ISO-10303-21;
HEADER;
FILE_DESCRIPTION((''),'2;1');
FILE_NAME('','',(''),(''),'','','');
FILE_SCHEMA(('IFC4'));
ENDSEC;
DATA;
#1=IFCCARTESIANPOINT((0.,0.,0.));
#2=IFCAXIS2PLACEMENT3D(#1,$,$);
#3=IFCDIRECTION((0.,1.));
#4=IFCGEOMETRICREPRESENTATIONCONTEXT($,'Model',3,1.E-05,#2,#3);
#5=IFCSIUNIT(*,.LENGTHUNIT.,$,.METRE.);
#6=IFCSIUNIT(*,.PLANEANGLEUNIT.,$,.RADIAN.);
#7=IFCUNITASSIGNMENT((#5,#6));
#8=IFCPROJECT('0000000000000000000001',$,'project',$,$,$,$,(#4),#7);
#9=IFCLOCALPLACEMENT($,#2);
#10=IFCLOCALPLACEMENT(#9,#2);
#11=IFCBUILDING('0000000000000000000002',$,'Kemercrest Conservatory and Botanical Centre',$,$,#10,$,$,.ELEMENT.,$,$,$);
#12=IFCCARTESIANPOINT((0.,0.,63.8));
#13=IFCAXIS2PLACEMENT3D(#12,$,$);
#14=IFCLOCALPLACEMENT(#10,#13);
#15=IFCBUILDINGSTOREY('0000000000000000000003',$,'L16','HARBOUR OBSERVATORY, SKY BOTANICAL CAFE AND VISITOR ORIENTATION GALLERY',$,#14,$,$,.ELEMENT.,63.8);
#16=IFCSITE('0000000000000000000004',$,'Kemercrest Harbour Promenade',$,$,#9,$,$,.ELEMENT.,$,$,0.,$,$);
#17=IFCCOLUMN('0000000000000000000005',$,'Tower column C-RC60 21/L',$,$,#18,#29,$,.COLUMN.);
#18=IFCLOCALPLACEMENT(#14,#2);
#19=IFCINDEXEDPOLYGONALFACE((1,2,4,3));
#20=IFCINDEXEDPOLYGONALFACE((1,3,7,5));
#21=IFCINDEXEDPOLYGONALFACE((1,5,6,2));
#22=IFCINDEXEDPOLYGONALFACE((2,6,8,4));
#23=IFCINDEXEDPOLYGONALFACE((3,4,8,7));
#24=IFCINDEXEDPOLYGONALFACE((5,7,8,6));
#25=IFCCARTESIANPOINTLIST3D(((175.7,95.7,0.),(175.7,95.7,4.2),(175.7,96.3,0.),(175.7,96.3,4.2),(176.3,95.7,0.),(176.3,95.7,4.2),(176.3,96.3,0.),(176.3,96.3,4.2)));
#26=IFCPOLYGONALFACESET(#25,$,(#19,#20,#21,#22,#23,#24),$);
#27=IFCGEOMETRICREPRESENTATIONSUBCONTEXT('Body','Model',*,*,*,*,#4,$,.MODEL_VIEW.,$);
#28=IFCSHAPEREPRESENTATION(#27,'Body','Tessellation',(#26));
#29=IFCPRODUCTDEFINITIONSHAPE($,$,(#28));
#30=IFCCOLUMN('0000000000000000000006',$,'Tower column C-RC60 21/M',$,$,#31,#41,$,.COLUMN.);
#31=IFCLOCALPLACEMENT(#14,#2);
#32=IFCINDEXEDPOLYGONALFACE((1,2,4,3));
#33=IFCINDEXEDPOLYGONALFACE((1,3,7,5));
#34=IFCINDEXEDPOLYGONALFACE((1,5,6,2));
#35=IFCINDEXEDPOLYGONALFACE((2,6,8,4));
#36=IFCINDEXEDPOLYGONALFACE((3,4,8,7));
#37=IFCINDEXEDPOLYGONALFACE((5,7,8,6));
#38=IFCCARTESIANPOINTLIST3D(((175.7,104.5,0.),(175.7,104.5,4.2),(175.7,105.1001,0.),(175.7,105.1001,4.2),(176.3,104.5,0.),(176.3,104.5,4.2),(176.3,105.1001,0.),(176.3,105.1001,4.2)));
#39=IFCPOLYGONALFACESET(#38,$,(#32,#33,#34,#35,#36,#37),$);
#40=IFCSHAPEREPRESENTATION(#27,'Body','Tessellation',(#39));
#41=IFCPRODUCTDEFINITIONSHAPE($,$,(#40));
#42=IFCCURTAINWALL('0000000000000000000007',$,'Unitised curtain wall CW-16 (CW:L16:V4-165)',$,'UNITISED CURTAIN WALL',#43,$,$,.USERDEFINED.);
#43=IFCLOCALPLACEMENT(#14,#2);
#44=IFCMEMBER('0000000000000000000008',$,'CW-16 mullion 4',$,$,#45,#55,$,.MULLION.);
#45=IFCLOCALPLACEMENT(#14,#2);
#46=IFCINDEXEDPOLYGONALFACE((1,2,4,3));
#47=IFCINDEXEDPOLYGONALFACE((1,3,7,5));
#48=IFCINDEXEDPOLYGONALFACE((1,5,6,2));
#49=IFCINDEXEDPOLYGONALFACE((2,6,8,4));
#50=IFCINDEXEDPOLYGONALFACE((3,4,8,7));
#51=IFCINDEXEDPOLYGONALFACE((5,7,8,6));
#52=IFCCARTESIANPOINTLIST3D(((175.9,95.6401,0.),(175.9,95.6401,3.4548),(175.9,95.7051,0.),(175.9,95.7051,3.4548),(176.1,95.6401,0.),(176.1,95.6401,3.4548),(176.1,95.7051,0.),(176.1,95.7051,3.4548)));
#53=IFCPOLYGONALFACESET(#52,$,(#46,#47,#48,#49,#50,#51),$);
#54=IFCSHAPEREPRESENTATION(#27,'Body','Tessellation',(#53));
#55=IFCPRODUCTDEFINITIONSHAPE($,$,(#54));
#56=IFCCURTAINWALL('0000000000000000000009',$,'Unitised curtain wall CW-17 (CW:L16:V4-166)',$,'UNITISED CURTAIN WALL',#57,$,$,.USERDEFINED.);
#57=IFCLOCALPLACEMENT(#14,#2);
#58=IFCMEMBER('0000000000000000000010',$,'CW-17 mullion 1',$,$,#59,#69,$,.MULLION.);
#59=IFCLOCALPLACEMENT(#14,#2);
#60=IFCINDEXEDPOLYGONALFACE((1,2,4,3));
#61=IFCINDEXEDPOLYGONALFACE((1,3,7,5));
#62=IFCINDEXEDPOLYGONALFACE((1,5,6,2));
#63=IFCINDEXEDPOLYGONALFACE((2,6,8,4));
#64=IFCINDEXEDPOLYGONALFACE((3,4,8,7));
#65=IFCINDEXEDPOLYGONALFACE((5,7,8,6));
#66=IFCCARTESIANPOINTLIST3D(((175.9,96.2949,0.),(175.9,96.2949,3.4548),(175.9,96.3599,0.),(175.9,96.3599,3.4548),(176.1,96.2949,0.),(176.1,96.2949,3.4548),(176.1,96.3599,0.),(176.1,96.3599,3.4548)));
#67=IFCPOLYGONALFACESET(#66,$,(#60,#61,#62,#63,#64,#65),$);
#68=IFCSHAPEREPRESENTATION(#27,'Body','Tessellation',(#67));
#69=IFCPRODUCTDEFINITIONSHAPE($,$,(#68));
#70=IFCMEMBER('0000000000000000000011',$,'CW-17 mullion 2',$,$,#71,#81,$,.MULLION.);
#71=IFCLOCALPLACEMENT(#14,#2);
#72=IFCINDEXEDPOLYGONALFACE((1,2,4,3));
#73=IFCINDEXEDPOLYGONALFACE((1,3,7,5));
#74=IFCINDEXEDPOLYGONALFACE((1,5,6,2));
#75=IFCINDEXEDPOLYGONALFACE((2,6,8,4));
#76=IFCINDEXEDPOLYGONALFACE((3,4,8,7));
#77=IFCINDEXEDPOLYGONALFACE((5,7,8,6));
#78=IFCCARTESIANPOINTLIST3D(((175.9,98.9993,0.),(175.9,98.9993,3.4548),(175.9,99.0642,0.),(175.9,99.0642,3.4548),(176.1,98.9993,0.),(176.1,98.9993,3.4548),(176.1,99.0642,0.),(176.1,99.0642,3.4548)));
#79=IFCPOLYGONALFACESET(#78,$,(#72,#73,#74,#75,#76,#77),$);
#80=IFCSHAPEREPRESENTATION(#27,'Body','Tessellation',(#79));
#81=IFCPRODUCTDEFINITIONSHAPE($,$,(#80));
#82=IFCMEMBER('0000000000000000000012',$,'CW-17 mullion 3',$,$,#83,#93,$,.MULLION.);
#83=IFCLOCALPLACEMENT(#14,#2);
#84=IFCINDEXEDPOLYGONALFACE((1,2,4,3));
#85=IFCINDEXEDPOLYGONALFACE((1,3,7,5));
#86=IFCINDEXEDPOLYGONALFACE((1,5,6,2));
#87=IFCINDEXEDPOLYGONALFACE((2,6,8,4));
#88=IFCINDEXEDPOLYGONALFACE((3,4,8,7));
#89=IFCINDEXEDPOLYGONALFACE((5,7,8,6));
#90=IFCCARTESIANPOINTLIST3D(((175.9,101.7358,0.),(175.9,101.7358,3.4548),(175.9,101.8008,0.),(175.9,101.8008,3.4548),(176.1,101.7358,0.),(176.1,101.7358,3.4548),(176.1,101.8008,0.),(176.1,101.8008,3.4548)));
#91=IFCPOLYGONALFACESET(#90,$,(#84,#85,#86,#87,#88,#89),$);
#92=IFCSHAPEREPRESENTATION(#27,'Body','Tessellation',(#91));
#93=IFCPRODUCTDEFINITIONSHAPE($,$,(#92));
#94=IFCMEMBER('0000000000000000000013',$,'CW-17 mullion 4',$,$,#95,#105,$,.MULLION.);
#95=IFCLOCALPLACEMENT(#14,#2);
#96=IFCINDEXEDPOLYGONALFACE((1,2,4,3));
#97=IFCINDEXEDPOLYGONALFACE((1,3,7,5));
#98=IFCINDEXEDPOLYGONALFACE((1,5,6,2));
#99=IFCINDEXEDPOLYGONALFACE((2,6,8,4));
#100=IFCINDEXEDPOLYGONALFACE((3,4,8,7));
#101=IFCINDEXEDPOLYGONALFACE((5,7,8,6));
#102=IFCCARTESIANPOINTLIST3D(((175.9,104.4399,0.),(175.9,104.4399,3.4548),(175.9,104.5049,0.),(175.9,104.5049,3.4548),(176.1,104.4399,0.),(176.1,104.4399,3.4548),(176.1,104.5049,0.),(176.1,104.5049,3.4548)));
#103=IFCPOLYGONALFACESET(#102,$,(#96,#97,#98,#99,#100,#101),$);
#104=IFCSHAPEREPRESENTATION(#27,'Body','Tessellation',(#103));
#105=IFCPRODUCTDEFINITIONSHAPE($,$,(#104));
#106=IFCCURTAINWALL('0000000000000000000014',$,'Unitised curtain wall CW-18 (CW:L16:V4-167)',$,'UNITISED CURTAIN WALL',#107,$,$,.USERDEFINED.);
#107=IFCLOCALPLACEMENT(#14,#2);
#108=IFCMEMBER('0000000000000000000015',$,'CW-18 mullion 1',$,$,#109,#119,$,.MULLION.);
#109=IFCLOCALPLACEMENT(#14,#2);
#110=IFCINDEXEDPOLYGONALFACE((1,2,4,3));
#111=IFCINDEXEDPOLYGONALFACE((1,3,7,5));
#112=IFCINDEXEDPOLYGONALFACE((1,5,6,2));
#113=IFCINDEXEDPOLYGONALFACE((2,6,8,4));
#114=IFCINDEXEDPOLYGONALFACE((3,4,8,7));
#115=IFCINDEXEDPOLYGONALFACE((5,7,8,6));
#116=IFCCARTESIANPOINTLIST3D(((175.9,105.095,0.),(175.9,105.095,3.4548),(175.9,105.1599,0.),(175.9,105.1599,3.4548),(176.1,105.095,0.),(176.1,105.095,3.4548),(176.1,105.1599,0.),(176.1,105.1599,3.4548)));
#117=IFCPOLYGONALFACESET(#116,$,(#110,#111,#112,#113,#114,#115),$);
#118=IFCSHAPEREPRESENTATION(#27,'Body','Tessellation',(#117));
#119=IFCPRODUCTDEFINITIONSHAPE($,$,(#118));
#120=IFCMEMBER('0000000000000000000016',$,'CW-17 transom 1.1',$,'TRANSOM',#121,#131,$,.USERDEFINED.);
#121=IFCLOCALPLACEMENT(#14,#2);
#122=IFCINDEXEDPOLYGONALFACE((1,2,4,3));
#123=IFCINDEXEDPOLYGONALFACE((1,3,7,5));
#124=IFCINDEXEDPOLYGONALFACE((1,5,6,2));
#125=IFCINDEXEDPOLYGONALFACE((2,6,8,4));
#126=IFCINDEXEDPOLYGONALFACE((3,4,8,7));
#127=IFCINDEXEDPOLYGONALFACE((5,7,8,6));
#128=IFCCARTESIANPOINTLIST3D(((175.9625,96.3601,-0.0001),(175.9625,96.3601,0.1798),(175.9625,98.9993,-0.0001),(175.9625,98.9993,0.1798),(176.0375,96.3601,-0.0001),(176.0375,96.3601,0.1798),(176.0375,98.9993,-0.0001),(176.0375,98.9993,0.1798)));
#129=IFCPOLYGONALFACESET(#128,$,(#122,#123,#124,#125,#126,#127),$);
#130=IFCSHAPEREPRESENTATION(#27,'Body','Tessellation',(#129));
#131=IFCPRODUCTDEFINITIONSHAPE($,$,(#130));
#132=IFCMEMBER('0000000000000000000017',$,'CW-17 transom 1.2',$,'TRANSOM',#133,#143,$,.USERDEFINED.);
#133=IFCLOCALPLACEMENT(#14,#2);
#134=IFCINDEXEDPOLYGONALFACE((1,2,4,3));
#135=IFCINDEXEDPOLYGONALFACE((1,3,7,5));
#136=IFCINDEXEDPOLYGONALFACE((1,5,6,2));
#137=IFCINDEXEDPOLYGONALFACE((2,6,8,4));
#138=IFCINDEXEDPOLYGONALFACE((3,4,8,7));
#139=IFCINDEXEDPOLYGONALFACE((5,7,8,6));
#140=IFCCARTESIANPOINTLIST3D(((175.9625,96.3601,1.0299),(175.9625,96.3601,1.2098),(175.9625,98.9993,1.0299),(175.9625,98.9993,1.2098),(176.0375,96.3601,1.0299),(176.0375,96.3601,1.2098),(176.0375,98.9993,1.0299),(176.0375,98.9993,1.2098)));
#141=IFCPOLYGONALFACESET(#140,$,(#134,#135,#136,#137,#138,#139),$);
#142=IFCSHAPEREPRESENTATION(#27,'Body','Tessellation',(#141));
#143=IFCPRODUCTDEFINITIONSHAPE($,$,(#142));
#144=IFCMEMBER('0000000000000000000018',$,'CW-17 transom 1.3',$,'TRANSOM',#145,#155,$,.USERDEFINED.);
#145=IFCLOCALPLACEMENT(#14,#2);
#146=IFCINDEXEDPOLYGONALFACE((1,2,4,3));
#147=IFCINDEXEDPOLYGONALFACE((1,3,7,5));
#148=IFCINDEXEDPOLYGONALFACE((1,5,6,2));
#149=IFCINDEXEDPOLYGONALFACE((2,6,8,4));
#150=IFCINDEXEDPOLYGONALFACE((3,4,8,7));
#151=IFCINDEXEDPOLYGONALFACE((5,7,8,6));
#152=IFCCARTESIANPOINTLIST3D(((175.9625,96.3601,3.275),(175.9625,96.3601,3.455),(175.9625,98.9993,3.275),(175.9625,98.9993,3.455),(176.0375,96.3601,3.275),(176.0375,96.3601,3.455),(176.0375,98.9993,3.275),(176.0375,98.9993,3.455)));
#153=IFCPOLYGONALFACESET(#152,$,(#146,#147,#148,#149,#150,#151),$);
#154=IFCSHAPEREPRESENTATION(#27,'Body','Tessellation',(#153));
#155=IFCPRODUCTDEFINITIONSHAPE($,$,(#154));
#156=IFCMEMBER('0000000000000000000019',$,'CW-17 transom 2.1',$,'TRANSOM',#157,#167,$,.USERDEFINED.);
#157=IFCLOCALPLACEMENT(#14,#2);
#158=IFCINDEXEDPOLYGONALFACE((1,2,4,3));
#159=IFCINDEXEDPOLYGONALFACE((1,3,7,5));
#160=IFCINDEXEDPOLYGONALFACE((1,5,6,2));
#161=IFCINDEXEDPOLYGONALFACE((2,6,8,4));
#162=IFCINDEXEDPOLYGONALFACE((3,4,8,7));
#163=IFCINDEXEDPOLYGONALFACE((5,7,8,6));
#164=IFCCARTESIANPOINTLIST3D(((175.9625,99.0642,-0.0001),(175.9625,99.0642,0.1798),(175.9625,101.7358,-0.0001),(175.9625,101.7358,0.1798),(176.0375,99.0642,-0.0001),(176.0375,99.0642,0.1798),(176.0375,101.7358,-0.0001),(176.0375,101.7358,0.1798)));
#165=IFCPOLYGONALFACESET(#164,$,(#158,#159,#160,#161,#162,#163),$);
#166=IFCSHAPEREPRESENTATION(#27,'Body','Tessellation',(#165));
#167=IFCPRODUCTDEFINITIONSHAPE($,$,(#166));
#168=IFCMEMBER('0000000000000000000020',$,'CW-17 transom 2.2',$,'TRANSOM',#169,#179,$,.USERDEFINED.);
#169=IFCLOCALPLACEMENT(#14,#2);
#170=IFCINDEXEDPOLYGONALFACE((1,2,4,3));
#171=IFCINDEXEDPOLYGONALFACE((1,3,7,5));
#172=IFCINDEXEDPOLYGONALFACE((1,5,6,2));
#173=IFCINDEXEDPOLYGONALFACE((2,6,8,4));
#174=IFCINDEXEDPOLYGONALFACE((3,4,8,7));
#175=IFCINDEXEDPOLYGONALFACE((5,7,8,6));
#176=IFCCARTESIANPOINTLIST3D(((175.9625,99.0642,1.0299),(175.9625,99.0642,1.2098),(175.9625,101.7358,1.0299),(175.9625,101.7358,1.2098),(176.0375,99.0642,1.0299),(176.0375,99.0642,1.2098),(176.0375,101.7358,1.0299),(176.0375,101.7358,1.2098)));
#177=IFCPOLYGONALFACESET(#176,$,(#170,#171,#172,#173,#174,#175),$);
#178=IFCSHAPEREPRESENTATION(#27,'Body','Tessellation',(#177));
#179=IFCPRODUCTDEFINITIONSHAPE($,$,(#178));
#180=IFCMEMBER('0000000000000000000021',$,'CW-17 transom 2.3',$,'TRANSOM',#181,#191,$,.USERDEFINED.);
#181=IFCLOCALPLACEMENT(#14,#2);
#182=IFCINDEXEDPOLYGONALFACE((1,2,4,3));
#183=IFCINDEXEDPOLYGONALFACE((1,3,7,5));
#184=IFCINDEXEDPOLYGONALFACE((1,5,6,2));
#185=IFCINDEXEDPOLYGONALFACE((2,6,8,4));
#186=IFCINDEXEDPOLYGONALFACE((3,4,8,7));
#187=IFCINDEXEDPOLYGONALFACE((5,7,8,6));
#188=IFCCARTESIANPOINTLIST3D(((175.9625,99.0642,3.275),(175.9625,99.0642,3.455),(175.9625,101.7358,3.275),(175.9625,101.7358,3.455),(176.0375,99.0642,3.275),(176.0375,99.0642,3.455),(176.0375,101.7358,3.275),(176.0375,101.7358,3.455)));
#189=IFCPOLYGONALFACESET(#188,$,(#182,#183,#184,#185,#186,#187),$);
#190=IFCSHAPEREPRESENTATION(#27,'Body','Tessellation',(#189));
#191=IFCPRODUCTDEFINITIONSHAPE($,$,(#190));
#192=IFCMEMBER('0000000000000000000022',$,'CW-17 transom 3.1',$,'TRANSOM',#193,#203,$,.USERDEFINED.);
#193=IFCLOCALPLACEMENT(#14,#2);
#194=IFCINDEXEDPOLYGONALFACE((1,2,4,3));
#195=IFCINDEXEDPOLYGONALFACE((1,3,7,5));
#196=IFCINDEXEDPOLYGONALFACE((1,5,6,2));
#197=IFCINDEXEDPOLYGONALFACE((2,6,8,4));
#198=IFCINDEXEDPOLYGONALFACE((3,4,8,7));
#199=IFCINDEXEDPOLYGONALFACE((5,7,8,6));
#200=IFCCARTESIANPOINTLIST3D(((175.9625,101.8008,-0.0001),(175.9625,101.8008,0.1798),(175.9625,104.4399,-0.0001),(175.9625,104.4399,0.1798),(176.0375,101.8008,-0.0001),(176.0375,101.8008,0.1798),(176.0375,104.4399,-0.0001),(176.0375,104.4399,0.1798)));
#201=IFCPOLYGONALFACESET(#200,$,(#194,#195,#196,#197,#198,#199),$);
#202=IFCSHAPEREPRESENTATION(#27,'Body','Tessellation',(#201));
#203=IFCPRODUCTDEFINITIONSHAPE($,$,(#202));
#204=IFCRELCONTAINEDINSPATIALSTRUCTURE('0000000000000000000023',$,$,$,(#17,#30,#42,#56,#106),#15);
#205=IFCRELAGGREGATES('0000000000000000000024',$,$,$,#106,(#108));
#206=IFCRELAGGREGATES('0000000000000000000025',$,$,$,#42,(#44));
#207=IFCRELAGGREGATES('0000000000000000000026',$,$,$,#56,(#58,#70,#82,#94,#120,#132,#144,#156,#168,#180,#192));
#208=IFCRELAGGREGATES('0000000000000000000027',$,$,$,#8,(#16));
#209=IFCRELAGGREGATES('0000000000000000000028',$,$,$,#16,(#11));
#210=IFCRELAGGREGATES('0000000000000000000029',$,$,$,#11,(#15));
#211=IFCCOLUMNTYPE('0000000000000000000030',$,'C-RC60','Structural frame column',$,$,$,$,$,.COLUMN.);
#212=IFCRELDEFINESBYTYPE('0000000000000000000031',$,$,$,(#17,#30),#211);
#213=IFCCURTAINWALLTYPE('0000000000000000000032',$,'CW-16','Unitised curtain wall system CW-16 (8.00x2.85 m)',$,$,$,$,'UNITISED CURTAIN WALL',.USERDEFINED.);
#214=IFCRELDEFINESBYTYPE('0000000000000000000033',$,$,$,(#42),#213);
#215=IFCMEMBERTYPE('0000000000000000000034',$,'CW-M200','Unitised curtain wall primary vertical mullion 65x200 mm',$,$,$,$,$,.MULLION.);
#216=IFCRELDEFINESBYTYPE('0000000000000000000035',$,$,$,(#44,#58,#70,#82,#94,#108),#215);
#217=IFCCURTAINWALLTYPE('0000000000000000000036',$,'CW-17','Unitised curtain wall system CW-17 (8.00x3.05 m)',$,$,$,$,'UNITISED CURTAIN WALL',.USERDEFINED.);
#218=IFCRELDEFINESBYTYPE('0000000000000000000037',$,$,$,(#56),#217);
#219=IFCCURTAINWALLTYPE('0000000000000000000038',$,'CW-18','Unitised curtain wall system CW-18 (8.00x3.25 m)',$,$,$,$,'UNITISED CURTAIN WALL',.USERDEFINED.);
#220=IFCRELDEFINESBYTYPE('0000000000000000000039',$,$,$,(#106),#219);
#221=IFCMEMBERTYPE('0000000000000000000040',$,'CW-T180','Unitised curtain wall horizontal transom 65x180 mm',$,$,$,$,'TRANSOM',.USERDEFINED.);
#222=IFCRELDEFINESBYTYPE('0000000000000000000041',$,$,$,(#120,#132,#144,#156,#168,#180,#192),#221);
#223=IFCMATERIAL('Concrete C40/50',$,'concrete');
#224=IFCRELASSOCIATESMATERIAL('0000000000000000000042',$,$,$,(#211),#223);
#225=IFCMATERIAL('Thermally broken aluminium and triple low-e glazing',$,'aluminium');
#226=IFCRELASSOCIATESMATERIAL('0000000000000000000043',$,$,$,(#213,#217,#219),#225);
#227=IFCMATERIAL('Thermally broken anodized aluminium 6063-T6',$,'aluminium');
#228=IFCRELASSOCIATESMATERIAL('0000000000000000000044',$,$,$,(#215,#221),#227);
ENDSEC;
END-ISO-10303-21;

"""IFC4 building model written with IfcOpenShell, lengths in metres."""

from ifc_helpers import new_model, si_unit, direction, frame, origin, origin_2d, place, context, subcontext, project, spatial, rectangle, extrude, material, material_profile, profile_set, type_object, element, aggregate, save


model = new_model("IFC4")

# Units and contexts
model_context = context("Model", 3, precision=1e-05, world=origin(), true_north=direction((0.0, 1.0)))
body_context = subcontext(model_context, "Body", "Model", "MODEL_VIEW")
ifc_project = project(units=[si_unit("LENGTHUNIT", "METRE"), si_unit("PLANEANGLEUNIT", "RADIAN")], contexts=[model_context])

# Site, building, storey
site_placement = place(None, origin())
site = spatial("IfcSite", under=ifc_project, at=site_placement, Name="Kemercrest Harbour Promenade", CompositionType="ELEMENT", RefElevation=0.0)
building_placement = place(site_placement, origin())
building = spatial("IfcBuilding", under=site, at=building_placement, Name="Kemercrest Conservatory and Botanical Centre", CompositionType="ELEMENT")
storey_placement = place(building_placement, frame((0.0, 0.0, 63.8)))
storey = spatial("IfcBuildingStorey", under=building, at=storey_placement, Name="L16", Description="HARBOUR OBSERVATORY, SKY BOTANICAL CAFE AND VISITOR ORIENTATION GALLERY", CompositionType="ELEMENT", Elevation=63.8)

# Columns
ifc_material_1 = material(Name="Concrete C40/50", Category="concrete")
ifc_material_profile_1 = material_profile(ifc_material_1, rectangle(XDim=0.6001, YDim=0.6001, at=origin_2d()), Name="RC 600x600")
ifc_profile_set_1 = profile_set([ifc_material_profile_1], Name="Concrete C40/50")
column_type = type_object("IfcColumnType", Name="C-RC60", Description="Structural frame column", PredefinedType="COLUMN", material=ifc_profile_set_1)
for number, where, z_axis, x_axis, name in (
    (1, (176.0, 96.0, 0.0), (0.0, 0.0, 1.0), (1.0, 0.0, 0.0), "Tower column C-RC60 21/L"),
    (2, (176.0, 104.8, 0.0), (0.0, 0.0, 1.0), (1.0, 0.0, 0.0), "Tower column C-RC60 21/M"),
):
    element("IfcColumn", number, at=place(storey_placement, frame(where, z_axis=z_axis, x_axis=x_axis)), inside=storey, type_object=column_type, Name=name, PredefinedType="COLUMN", context=body_context, shape_type="SweptSolid", body=[
        extrude(rectangle(XDim=0.6001, YDim=0.6001, at=origin_2d()), origin(), (0.0, 0.0, 1.0), 4.2),
    ])

# Curtain wall, member
ifc_material_2 = material(Name="Thermally broken aluminium and triple low-e glazing", Category="aluminium")
curtain_wall_type_1 = type_object("IfcCurtainWallType", Name="CW-16", Description="Unitised curtain wall system CW-16 (8.00x2.85 m)", ElementType="UNITISED CURTAIN WALL", PredefinedType="USERDEFINED", material=ifc_material_2)
curtain_wall_1_placement = place(storey_placement, origin())
curtain_wall_1 = element("IfcCurtainWall", 3, at=curtain_wall_1_placement, inside=storey, type_object=curtain_wall_type_1, Name="Unitised curtain wall CW-16 (CW:L16:V4-165)", ObjectType="UNITISED CURTAIN WALL", PredefinedType="USERDEFINED")
ifc_material_3 = material(Name="Thermally broken anodized aluminium 6063-T6", Category="aluminium")
ifc_material_profile_2 = material_profile(ifc_material_3, rectangle(XDim=0.2, YDim=0.0649, at=origin_2d()), Name="AL MULLION 65x200")
ifc_profile_set_2 = profile_set([ifc_material_profile_2], Name="Thermally broken anodized aluminium 6063-T6")
member_type_1 = type_object("IfcMemberType", Name="CW-M200", Description="Unitised curtain wall primary vertical mullion 65x200 mm", PredefinedType="MULLION", material=ifc_profile_set_2)
member_1_placement = place(storey_placement, frame((176.0, 95.6726, 0.0), z_axis=(0.0, 0.0, 1.0), x_axis=(-1.0, 0.0, 0.0)))
member_1 = element("IfcMember", 4, at=member_1_placement, type_object=member_type_1, Name="CW-16 mullion 4", PredefinedType="MULLION", context=body_context, shape_type="SweptSolid", body=[
    extrude(rectangle(XDim=0.2, YDim=0.0649, at=origin_2d()), origin(), (0.0, 0.0, 1.0), 3.4548),
])

# Curtain wall, members
curtain_wall_type_2 = type_object("IfcCurtainWallType", Name="CW-17", Description="Unitised curtain wall system CW-17 (8.00x3.05 m)", ElementType="UNITISED CURTAIN WALL", PredefinedType="USERDEFINED", material=ifc_material_2)
curtain_wall_2_placement = place(storey_placement, origin())
curtain_wall_2 = element("IfcCurtainWall", 5, at=curtain_wall_2_placement, inside=storey, type_object=curtain_wall_type_2, Name="Unitised curtain wall CW-17 (CW:L16:V4-166)", ObjectType="UNITISED CURTAIN WALL", PredefinedType="USERDEFINED")
member_2_placement = place(storey_placement, frame((176.0, 96.3274, 0.0), z_axis=(0.0, 0.0, 1.0), x_axis=(-1.0, 0.0, 0.0)))
member_2 = element("IfcMember", 6, at=member_2_placement, type_object=member_type_1, Name="CW-17 mullion 1", PredefinedType="MULLION", context=body_context, shape_type="SweptSolid", body=[
    extrude(rectangle(XDim=0.2, YDim=0.0649, at=origin_2d()), origin(), (0.0, 0.0, 1.0), 3.4548),
])
member_3_placement = place(storey_placement, frame((176.0, 99.0317, 0.0), z_axis=(0.0, 0.0, 1.0), x_axis=(-1.0, 0.0, 0.0)))
member_3 = element("IfcMember", 7, at=member_3_placement, type_object=member_type_1, Name="CW-17 mullion 2", PredefinedType="MULLION", context=body_context, shape_type="SweptSolid", body=[
    extrude(rectangle(XDim=0.2, YDim=0.0649, at=origin_2d()), origin(), (0.0, 0.0, 1.0), 3.4548),
])
member_4_placement = place(storey_placement, frame((176.0, 101.7683, 0.0), z_axis=(0.0, 0.0, 1.0), x_axis=(-1.0, 0.0, 0.0)))
member_4 = element("IfcMember", 8, at=member_4_placement, type_object=member_type_1, Name="CW-17 mullion 3", PredefinedType="MULLION", context=body_context, shape_type="SweptSolid", body=[
    extrude(rectangle(XDim=0.2, YDim=0.0649, at=origin_2d()), origin(), (0.0, 0.0, 1.0), 3.4548),
])
member_5_placement = place(storey_placement, frame((176.0, 104.4724, 0.0), z_axis=(0.0, 0.0, 1.0), x_axis=(-1.0, 0.0, 0.0)))
member_5 = element("IfcMember", 9, at=member_5_placement, type_object=member_type_1, Name="CW-17 mullion 4", PredefinedType="MULLION", context=body_context, shape_type="SweptSolid", body=[
    extrude(rectangle(XDim=0.2, YDim=0.0649, at=origin_2d()), origin(), (0.0, 0.0, 1.0), 3.4548),
])

# Curtain wall, member
curtain_wall_type_3 = type_object("IfcCurtainWallType", Name="CW-18", Description="Unitised curtain wall system CW-18 (8.00x3.25 m)", ElementType="UNITISED CURTAIN WALL", PredefinedType="USERDEFINED", material=ifc_material_2)
curtain_wall_3_placement = place(storey_placement, origin())
curtain_wall_3 = element("IfcCurtainWall", 10, at=curtain_wall_3_placement, inside=storey, type_object=curtain_wall_type_3, Name="Unitised curtain wall CW-18 (CW:L16:V4-167)", ObjectType="UNITISED CURTAIN WALL", PredefinedType="USERDEFINED")
member_6_placement = place(storey_placement, frame((176.0, 105.1274, 0.0), z_axis=(0.0, 0.0, 1.0), x_axis=(-1.0, 0.0, 0.0)))
member_6 = element("IfcMember", 11, at=member_6_placement, type_object=member_type_1, Name="CW-18 mullion 1", PredefinedType="MULLION", context=body_context, shape_type="SweptSolid", body=[
    extrude(rectangle(XDim=0.2, YDim=0.0649, at=origin_2d()), origin(), (0.0, 0.0, 1.0), 3.4548),
])

# Members
ifc_material_profile_3 = material_profile(ifc_material_3, rectangle(XDim=0.075, YDim=0.1799, at=origin_2d()), Name="AL TRANSOM 75x180")
ifc_profile_set_3 = profile_set([ifc_material_profile_3], Name="Thermally broken anodized aluminium 6063-T6")
member_type_2 = type_object("IfcMemberType", Name="CW-T180", Description="Unitised curtain wall horizontal transom 65x180 mm", ElementType="TRANSOM", PredefinedType="USERDEFINED", material=ifc_profile_set_3)
member_7_placement = place(storey_placement, frame((176.0, 96.3601, 0.0898), z_axis=(0.0, 1.0, 0.0), x_axis=(-1.0, 0.0, 0.0)))
member_7 = element("IfcMember", 12, at=member_7_placement, type_object=member_type_2, Name="CW-17 transom 1.1", ObjectType="TRANSOM", PredefinedType="USERDEFINED", context=body_context, shape_type="SweptSolid", body=[
    extrude(rectangle(XDim=0.075, YDim=0.1799, at=origin_2d()), origin(), (0.0, 0.0, 1.0), 2.6392),
])
member_8_placement = place(storey_placement, frame((176.0, 96.3601, 1.1199), z_axis=(0.0, 1.0, 0.0), x_axis=(-1.0, 0.0, 0.0)))
member_8 = element("IfcMember", 13, at=member_8_placement, type_object=member_type_2, Name="CW-17 transom 1.2", ObjectType="TRANSOM", PredefinedType="USERDEFINED", context=body_context, shape_type="SweptSolid", body=[
    extrude(rectangle(XDim=0.075, YDim=0.1799, at=origin_2d()), origin(), (0.0, 0.0, 1.0), 2.6392),
])
member_9_placement = place(storey_placement, frame((176.0, 96.3601, 3.365), z_axis=(0.0, 1.0, 0.0), x_axis=(-1.0, 0.0, 0.0)))
member_9 = element("IfcMember", 14, at=member_9_placement, type_object=member_type_2, Name="CW-17 transom 1.3", ObjectType="TRANSOM", PredefinedType="USERDEFINED", context=body_context, shape_type="SweptSolid", body=[
    extrude(rectangle(XDim=0.075, YDim=0.1799, at=origin_2d()), origin(), (0.0, 0.0, 1.0), 2.6392),
])
member_10_placement = place(storey_placement, frame((176.0, 99.0642, 0.0898), z_axis=(0.0, 1.0, 0.0), x_axis=(-1.0, 0.0, 0.0)))
member_10 = element("IfcMember", 15, at=member_10_placement, type_object=member_type_2, Name="CW-17 transom 2.1", ObjectType="TRANSOM", PredefinedType="USERDEFINED", context=body_context, shape_type="SweptSolid", body=[
    extrude(rectangle(XDim=0.075, YDim=0.1799, at=origin_2d()), origin(), (0.0, 0.0, 1.0), 2.6716),
])
member_11_placement = place(storey_placement, frame((176.0, 99.0642, 1.1199), z_axis=(0.0, 1.0, 0.0), x_axis=(-1.0, 0.0, 0.0)))
member_11 = element("IfcMember", 16, at=member_11_placement, type_object=member_type_2, Name="CW-17 transom 2.2", ObjectType="TRANSOM", PredefinedType="USERDEFINED", context=body_context, shape_type="SweptSolid", body=[
    extrude(rectangle(XDim=0.075, YDim=0.1799, at=origin_2d()), origin(), (0.0, 0.0, 1.0), 2.6716),
])
member_12_placement = place(storey_placement, frame((176.0, 99.0642, 3.365), z_axis=(0.0, 1.0, 0.0), x_axis=(-1.0, 0.0, 0.0)))
member_12 = element("IfcMember", 17, at=member_12_placement, type_object=member_type_2, Name="CW-17 transom 2.3", ObjectType="TRANSOM", PredefinedType="USERDEFINED", context=body_context, shape_type="SweptSolid", body=[
    extrude(rectangle(XDim=0.075, YDim=0.1799, at=origin_2d()), origin(), (0.0, 0.0, 1.0), 2.6716),
])
member_13_placement = place(storey_placement, frame((176.0, 101.8008, 0.0898), z_axis=(0.0, 1.0, 0.0), x_axis=(-1.0, 0.0, 0.0)))
member_13 = element("IfcMember", 18, at=member_13_placement, type_object=member_type_2, Name="CW-17 transom 3.1", ObjectType="TRANSOM", PredefinedType="USERDEFINED", context=body_context, shape_type="SweptSolid", body=[
    extrude(rectangle(XDim=0.075, YDim=0.1799, at=origin_2d()), origin(), (0.0, 0.0, 1.0), 2.6392),
])
aggregate(curtain_wall_3, [member_6])

aggregate(curtain_wall_1, [member_1])
aggregate(curtain_wall_2, [member_2, member_3, member_4, member_5, member_7, member_8, member_9, member_10, member_11, member_12, member_13])

save(model, "model.ifc")
